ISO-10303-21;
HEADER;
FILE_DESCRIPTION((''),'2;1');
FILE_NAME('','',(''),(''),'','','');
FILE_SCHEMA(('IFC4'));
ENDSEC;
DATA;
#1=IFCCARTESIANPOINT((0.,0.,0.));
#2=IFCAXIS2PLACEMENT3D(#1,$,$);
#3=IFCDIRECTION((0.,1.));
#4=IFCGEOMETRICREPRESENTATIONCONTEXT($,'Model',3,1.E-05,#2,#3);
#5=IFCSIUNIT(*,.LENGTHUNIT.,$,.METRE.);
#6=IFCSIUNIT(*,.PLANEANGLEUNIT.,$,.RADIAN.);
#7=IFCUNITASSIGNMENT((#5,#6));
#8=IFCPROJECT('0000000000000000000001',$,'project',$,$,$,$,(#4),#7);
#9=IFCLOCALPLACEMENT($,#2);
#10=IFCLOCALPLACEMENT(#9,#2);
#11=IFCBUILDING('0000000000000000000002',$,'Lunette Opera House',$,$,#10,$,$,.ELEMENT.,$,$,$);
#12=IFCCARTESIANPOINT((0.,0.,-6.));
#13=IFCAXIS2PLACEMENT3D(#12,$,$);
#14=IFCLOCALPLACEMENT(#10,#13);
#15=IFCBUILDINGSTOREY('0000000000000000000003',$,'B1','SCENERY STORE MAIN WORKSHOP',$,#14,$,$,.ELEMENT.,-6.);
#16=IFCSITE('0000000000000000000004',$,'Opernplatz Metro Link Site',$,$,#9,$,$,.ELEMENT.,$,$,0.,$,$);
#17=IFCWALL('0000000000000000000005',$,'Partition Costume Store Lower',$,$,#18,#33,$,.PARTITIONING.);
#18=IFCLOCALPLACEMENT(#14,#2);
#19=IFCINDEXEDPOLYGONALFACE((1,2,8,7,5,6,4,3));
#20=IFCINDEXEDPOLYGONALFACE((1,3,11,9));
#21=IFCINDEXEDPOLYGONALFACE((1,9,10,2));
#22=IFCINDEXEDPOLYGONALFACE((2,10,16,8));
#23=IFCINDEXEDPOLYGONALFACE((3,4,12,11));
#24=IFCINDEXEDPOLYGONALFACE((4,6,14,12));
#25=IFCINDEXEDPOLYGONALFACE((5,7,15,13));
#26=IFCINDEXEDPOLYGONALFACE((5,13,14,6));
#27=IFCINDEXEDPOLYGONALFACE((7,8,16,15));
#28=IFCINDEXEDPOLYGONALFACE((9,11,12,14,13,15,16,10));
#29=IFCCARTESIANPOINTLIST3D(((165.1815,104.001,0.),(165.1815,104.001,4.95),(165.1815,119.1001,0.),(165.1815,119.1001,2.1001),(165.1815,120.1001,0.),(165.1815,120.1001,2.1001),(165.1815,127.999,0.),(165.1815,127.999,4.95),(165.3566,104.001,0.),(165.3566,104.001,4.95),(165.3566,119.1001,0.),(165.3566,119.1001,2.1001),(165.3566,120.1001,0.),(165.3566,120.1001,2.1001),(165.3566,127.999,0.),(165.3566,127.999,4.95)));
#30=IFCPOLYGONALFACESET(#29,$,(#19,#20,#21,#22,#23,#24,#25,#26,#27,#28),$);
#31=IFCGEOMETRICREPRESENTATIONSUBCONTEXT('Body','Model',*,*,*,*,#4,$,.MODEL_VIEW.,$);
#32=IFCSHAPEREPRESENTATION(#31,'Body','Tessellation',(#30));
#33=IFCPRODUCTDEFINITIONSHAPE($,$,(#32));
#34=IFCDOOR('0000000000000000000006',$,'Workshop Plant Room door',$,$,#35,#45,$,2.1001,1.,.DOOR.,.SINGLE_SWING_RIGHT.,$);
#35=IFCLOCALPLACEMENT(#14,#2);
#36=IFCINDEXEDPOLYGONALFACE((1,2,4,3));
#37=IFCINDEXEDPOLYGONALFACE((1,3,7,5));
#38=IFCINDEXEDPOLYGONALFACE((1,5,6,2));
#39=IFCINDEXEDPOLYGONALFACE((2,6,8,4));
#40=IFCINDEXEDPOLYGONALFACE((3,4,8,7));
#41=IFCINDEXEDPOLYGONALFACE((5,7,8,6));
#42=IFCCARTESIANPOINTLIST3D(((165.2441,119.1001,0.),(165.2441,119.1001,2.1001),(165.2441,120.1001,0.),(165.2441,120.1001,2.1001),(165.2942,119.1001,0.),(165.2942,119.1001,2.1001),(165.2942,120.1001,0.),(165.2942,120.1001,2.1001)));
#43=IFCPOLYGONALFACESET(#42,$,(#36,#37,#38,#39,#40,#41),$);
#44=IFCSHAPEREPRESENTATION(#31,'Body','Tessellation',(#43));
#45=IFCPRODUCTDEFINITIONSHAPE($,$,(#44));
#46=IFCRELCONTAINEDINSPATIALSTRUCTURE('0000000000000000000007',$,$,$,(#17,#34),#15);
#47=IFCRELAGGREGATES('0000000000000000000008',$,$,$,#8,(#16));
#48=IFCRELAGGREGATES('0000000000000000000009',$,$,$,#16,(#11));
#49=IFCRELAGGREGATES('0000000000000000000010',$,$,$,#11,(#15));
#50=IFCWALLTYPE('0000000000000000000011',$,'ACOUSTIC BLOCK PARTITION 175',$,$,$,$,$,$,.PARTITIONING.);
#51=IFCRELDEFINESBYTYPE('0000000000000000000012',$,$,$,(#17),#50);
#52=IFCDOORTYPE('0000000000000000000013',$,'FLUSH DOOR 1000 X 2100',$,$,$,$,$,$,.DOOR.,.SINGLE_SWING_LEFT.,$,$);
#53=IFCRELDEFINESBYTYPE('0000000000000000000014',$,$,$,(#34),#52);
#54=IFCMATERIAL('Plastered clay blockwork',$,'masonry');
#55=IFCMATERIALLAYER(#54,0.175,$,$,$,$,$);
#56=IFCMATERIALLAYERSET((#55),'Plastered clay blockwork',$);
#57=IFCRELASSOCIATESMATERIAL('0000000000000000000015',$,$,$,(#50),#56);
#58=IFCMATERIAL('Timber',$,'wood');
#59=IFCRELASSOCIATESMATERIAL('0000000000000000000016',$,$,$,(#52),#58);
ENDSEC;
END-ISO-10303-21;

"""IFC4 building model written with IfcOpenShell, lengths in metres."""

from ifc_helpers import new_model, si_unit, direction, frame, frame_2d, origin, place, context, subcontext, project, spatial, rectangle, extrude, material, layer, layer_set, type_object, element, fill, save


model = new_model("IFC4")

# Units and contexts
model_context = context("Model", 3, precision=1e-05, world=origin(), true_north=direction((0.0, 1.0)))
body_context = subcontext(model_context, "Body", "Model", "MODEL_VIEW")
ifc_project = project(units=[si_unit("LENGTHUNIT", "METRE"), si_unit("PLANEANGLEUNIT", "RADIAN")], contexts=[model_context])

# Site, building, storey
site_placement = place(None, origin())
site = spatial("IfcSite", under=ifc_project, at=site_placement, Name="Opernplatz Metro Link Site", CompositionType="ELEMENT", RefElevation=0.0)
building_placement = place(site_placement, origin())
building = spatial("IfcBuilding", under=site, at=building_placement, Name="Lunette Opera House", CompositionType="ELEMENT")
storey_placement = place(building_placement, frame((0.0, 0.0, -6.0)))
storey = spatial("IfcBuildingStorey", under=building, at=storey_placement, Name="B1", Description="SCENERY STORE MAIN WORKSHOP", CompositionType="ELEMENT", Elevation=-6.0)

# Wall, opening, door
ifc_material_1 = material(Name="Plastered clay blockwork", Category="masonry")
ifc_layer = layer(ifc_material_1, 0.175)
ifc_layer_set = layer_set([ifc_layer], Name="Plastered clay blockwork")
wall_type = type_object("IfcWallType", Name="ACOUSTIC BLOCK PARTITION 175", PredefinedType="PARTITIONING", material=ifc_layer_set)
ifc_material_2 = material(Name="Timber", Category="wood")
door_type = type_object("IfcDoorType", Name="FLUSH DOOR 1000 X 2100", OperationType="SINGLE_SWING_LEFT", PredefinedType="DOOR", material=ifc_material_2)
wall_1_placement = place(storey_placement, frame((165.269, 104.001, 0.0), z_axis=(0.0, 0.0, 1.0), x_axis=(0.0, 1.0, 0.0)))
wall_1 = element("IfcWall", 1, at=wall_1_placement, inside=storey, type_object=wall_type, Name="Partition Costume Store Lower", PredefinedType="PARTITIONING", context=body_context, shape_type="SweptSolid", body=[
    extrude(rectangle(XDim=23.998, YDim=0.175, at=frame_2d((11.999, 0.0))), origin(), (0.0, 0.0, 1.0), 4.95),
])
opening_1_placement = place(wall_1_placement, frame((15.0991, 0.0, 0.0)))
opening_1 = element("IfcOpeningElement", 2, at=opening_1_placement, cuts=wall_1, PredefinedType="OPENING", context=body_context, shape_type="SweptSolid", body=[
    extrude(rectangle(XDim=1.0, YDim=2.1001, at=frame_2d((0.5, 1.05))), frame((0.0, 0.0996, 0.0), z_axis=(0.0, -1.0, 0.0), x_axis=(1.0, 0.0, 0.0)), (0.0, 0.0, 1.0), 0.199),
])
door_1_placement = place(opening_1_placement, origin())
door_1 = element("IfcDoor", 3, at=door_1_placement, inside=storey, type_object=door_type, Name="Workshop Plant Room door", OperationType="SINGLE_SWING_RIGHT", OverallHeight=2.1001, OverallWidth=1.0, PredefinedType="DOOR", context=body_context, shape_type="SweptSolid", body=[
    extrude(rectangle(XDim=1.0, YDim=2.1001, at=frame_2d((0.5, 1.05))), frame((0.0, 0.0249, 0.0), z_axis=(0.0, -1.0, 0.0), x_axis=(1.0, 0.0, 0.0)), (0.0, 0.0, 1.0), 0.05),
])
fill(opening_1, door_1)

save(model, "model.ifc")
